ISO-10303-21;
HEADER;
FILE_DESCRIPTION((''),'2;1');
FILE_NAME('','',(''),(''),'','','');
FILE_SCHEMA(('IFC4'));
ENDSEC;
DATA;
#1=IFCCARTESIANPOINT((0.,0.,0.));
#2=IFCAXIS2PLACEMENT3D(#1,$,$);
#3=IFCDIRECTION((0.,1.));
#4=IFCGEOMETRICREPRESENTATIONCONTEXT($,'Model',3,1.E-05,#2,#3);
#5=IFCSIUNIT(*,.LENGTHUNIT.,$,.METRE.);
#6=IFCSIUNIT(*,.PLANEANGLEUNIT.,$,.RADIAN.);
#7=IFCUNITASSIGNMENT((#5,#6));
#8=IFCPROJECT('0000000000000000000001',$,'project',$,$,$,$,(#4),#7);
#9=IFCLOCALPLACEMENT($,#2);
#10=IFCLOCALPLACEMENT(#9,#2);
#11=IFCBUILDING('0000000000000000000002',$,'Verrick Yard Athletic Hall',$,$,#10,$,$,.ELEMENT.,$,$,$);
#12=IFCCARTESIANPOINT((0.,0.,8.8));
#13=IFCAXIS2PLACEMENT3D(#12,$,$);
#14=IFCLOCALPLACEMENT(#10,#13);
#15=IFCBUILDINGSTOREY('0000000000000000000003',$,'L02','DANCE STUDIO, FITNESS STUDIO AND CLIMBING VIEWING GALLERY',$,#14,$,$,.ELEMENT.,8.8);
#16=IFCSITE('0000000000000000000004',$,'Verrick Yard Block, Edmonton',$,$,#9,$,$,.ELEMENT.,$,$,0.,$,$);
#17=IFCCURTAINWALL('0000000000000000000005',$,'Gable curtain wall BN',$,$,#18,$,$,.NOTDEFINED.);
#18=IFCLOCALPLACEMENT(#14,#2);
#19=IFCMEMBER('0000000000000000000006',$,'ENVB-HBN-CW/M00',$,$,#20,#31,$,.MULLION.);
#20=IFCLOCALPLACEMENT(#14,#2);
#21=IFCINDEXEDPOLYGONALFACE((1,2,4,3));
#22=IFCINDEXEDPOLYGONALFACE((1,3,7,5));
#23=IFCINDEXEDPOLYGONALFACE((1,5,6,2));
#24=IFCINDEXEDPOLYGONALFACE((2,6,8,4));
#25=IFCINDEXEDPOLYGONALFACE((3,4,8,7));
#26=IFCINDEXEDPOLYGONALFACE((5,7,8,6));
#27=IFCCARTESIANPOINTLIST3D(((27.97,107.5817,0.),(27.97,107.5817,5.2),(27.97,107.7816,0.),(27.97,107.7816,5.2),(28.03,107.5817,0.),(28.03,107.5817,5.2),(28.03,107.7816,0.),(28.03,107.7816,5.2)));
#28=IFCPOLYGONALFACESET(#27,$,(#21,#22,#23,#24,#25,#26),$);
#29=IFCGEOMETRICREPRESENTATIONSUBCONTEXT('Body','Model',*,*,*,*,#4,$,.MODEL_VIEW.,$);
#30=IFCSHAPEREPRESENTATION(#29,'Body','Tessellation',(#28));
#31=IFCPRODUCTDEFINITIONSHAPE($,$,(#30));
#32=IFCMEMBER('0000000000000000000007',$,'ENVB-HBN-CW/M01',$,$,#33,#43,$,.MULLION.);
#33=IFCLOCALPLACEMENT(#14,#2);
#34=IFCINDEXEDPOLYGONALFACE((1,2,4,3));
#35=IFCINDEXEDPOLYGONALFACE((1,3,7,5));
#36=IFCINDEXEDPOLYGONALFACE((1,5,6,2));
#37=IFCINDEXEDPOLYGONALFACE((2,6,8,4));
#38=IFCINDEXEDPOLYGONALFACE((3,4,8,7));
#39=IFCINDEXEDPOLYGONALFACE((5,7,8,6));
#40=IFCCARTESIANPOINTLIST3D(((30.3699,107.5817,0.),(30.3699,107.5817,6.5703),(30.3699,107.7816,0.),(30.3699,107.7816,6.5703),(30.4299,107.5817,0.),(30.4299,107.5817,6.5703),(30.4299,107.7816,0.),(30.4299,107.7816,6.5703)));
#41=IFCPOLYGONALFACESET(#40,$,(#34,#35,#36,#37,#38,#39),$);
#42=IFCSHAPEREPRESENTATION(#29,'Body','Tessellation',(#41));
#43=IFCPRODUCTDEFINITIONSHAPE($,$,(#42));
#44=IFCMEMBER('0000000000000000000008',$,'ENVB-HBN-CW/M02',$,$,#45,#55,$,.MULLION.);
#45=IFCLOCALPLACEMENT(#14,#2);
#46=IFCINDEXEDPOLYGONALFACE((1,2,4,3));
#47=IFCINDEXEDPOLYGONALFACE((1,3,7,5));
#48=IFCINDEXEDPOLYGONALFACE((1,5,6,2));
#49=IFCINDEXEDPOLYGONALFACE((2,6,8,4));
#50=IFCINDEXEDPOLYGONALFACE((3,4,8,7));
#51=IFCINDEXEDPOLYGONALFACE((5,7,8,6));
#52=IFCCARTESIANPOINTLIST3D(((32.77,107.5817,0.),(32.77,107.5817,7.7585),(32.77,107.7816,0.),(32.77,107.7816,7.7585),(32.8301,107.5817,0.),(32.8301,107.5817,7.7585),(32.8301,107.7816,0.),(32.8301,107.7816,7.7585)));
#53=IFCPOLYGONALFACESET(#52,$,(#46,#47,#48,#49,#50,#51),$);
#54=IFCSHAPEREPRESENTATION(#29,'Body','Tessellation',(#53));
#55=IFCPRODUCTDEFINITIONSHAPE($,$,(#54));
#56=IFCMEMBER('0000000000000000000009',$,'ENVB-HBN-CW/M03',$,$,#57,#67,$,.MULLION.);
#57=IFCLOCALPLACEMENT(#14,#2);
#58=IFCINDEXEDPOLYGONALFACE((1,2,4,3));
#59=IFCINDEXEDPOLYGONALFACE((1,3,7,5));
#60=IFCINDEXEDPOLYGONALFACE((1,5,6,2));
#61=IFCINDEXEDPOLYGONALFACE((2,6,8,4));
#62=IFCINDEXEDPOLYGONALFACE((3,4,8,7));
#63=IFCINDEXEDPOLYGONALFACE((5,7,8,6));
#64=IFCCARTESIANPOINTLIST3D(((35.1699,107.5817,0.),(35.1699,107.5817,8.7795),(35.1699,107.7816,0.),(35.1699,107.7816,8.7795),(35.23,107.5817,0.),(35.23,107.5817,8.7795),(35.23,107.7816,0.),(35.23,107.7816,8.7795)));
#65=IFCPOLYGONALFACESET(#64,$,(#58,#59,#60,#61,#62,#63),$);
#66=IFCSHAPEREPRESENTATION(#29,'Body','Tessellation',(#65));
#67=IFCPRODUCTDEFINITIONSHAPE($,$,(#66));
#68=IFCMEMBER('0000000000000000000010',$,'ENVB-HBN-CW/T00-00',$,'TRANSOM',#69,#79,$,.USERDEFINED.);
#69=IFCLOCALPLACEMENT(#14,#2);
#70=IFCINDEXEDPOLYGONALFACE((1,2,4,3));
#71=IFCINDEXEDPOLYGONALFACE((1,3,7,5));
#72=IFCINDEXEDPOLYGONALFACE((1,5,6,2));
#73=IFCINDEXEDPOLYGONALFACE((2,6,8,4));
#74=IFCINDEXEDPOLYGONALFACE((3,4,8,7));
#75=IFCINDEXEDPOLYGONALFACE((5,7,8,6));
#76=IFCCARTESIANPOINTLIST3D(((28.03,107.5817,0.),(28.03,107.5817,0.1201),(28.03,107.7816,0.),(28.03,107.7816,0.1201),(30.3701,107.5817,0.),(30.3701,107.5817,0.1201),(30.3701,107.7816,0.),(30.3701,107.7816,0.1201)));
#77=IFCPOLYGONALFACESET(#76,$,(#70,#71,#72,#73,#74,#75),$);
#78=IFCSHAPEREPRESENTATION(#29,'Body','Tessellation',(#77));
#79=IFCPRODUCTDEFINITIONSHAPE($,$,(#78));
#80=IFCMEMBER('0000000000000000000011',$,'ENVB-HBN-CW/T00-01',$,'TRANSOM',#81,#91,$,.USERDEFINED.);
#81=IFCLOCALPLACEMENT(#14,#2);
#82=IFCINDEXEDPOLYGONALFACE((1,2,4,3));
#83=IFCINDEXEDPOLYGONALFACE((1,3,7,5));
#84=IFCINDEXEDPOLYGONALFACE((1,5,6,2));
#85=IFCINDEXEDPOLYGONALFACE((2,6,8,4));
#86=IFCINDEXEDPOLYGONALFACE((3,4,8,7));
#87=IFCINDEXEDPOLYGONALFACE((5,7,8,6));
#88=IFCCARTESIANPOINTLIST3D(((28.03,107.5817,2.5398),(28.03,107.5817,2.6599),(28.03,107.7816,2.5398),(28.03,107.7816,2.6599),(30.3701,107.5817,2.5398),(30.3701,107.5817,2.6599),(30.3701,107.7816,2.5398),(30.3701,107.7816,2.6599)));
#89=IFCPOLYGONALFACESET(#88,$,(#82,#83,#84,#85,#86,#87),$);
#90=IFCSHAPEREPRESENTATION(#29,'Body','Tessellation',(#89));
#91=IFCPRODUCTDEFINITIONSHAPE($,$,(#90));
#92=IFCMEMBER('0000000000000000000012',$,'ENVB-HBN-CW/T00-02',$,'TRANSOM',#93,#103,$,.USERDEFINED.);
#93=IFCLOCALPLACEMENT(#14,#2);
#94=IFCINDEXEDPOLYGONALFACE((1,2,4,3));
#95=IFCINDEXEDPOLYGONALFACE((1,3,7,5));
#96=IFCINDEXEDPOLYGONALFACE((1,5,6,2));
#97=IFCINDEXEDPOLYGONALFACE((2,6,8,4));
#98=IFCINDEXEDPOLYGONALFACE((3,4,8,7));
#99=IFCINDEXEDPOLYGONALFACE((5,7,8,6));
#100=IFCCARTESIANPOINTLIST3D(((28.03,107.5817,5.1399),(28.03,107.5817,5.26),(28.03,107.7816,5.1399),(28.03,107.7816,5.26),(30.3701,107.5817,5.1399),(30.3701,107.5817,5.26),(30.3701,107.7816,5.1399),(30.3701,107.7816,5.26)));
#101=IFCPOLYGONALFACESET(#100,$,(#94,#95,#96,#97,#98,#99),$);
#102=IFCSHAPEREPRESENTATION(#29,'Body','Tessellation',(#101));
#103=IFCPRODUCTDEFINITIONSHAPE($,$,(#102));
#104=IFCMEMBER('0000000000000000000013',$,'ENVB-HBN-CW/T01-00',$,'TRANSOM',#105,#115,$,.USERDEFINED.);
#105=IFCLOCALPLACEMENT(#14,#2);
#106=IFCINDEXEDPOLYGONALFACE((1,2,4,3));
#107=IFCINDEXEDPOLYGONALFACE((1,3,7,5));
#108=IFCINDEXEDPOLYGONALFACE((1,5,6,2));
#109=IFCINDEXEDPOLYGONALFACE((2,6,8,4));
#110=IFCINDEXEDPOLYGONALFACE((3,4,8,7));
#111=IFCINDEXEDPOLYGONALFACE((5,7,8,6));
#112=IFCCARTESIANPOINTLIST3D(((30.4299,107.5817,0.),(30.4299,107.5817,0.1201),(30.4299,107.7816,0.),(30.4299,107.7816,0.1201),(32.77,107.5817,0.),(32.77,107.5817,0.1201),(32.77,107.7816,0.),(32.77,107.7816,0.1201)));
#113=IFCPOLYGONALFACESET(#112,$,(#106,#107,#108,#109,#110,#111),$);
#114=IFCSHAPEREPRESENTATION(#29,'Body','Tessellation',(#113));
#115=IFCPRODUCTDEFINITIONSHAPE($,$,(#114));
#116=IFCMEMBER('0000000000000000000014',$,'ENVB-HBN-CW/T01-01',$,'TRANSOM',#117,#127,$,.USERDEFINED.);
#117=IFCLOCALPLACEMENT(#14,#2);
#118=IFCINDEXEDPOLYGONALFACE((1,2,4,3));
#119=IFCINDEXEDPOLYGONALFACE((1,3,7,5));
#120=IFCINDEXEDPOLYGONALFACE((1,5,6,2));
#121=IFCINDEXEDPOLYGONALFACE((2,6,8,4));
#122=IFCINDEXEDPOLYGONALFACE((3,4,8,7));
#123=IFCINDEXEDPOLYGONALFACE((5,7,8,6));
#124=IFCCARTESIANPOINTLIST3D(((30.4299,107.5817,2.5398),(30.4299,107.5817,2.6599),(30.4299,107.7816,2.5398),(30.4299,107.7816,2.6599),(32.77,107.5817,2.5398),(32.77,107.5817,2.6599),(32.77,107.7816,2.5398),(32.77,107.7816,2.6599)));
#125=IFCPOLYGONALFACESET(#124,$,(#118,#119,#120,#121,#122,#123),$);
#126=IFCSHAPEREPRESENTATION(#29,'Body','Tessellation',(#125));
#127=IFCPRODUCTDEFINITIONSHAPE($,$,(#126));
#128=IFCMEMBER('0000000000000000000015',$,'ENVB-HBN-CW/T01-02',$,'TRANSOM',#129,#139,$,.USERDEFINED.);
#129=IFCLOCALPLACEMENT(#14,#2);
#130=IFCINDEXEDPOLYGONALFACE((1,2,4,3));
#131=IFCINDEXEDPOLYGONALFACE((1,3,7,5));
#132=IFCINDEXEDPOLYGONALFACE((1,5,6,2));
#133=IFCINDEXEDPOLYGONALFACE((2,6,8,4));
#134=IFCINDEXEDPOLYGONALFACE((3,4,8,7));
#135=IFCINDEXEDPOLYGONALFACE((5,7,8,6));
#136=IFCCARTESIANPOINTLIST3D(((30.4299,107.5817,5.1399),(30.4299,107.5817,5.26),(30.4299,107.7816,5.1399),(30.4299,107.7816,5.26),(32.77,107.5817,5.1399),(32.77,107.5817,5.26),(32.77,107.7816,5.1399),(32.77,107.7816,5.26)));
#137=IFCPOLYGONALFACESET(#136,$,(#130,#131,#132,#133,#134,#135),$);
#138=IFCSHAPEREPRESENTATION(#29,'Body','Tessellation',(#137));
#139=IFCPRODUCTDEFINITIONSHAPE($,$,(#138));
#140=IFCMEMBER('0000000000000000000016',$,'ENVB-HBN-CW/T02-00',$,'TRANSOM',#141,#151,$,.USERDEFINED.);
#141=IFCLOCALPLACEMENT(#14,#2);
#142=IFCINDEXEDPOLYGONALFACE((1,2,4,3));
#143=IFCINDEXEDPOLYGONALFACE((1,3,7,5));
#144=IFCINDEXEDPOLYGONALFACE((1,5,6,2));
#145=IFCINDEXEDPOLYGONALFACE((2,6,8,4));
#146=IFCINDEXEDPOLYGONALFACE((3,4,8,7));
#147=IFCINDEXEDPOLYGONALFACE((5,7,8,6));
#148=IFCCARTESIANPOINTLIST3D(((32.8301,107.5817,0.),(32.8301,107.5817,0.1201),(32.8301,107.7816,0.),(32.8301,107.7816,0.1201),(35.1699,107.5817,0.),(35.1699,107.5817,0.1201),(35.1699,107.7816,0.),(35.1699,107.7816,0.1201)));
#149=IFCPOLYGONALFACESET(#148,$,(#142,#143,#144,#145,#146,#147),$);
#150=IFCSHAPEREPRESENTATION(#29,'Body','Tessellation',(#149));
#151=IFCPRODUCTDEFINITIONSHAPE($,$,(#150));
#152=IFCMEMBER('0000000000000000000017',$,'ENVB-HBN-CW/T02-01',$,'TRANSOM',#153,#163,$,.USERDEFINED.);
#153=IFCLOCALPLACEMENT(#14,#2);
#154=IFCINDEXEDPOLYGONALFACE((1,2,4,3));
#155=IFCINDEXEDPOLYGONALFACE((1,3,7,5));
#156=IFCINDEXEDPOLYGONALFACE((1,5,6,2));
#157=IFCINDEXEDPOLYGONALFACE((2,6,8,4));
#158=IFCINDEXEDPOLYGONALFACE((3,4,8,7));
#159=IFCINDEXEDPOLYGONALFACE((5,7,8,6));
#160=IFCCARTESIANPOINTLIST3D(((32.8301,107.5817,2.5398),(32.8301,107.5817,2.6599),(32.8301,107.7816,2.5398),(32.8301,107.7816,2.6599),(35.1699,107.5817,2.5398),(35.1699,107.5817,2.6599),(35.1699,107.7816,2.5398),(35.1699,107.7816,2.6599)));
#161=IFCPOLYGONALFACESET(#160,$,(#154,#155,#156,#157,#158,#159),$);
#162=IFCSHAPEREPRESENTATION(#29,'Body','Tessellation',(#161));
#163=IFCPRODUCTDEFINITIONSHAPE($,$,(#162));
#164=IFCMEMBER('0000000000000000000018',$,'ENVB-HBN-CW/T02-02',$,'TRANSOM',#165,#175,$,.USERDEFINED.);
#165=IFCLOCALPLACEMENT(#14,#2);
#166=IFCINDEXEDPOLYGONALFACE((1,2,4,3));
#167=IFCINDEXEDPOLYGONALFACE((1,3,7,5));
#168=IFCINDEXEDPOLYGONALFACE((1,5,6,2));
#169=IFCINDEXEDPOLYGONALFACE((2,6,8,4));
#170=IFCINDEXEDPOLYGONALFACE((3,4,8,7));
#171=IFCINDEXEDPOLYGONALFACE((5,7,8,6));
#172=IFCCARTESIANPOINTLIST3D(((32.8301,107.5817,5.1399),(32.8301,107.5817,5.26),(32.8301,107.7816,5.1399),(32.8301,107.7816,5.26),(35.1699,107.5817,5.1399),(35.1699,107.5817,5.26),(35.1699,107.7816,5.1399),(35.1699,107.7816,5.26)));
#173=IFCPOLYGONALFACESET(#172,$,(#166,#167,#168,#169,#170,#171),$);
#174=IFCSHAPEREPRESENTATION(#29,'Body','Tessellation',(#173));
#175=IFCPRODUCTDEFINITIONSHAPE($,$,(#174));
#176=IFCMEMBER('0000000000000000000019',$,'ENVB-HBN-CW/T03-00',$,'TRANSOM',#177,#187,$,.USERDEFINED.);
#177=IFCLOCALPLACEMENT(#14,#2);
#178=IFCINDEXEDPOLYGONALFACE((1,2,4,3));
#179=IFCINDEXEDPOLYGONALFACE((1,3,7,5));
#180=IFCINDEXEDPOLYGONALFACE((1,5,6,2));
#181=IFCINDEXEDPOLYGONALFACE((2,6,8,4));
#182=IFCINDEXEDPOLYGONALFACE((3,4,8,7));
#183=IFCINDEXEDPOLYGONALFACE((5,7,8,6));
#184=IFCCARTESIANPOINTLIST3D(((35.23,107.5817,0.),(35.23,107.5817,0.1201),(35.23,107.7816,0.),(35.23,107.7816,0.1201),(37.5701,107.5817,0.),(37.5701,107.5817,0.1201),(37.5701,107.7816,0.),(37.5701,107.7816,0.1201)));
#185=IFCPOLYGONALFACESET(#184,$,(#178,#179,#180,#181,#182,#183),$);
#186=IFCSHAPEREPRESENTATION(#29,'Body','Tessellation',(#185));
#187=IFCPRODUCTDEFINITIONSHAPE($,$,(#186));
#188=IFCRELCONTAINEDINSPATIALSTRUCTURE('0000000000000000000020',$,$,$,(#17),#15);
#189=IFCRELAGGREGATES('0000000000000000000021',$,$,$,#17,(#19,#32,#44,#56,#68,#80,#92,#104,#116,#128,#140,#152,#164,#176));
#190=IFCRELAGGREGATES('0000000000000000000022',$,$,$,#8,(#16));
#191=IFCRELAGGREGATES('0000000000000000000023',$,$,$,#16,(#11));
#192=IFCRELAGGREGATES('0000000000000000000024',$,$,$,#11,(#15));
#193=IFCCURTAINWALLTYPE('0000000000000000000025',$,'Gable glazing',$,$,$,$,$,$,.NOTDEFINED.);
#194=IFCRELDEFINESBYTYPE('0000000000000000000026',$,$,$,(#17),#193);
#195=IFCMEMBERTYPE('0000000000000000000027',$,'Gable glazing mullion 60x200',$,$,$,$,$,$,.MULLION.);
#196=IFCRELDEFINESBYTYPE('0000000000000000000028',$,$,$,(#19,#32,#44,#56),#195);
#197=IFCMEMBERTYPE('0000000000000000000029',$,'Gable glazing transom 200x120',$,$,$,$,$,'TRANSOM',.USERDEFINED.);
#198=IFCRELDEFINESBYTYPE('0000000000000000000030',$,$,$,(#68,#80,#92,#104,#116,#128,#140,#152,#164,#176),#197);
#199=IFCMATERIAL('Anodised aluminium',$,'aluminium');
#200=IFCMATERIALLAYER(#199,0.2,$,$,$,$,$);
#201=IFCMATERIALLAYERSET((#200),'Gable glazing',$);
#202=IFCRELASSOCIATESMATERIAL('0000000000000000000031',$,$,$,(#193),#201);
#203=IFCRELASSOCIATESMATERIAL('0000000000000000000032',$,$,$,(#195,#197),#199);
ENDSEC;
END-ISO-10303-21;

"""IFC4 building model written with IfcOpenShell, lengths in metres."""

from ifc_helpers import new_model, si_unit, direction, frame, origin, origin_2d, place, context, subcontext, project, spatial, rectangle, extrude, material, layer, layer_set, material_profile, profile_set, type_object, element, aggregate, save


model = new_model("IFC4")

# Units and contexts
model_context = context("Model", 3, precision=1e-05, world=origin(), true_north=direction((0.0, 1.0)))
body_context = subcontext(model_context, "Body", "Model", "MODEL_VIEW")
ifc_project = project(units=[si_unit("LENGTHUNIT", "METRE"), si_unit("PLANEANGLEUNIT", "RADIAN")], contexts=[model_context])

# Site, building, storey
site_placement = place(None, origin())
site = spatial("IfcSite", under=ifc_project, at=site_placement, Name="Verrick Yard Block, Edmonton", CompositionType="ELEMENT", RefElevation=0.0)
building_placement = place(site_placement, origin())
building = spatial("IfcBuilding", under=site, at=building_placement, Name="Verrick Yard Athletic Hall", CompositionType="ELEMENT")
storey_placement = place(building_placement, frame((0.0, 0.0, 8.8)))
storey = spatial("IfcBuildingStorey", under=building, at=storey_placement, Name="L02", Description="DANCE STUDIO, FITNESS STUDIO AND CLIMBING VIEWING GALLERY", CompositionType="ELEMENT", Elevation=8.8)

# Curtain wall, members
ifc_material_1 = material(Name="Anodised aluminium", Category="aluminium")
ifc_layer_1 = layer(ifc_material_1, 0.2)
ifc_layer_set_1 = layer_set([ifc_layer_1], Name="Gable glazing")
curtain_wall_type = type_object("IfcCurtainWallType", Name="Gable glazing", PredefinedType="NOTDEFINED", material=ifc_layer_set_1)
curtain_wall_placement = place(storey_placement, origin())
curtain_wall = element("IfcCurtainWall", 1, at=curtain_wall_placement, inside=storey, type_object=curtain_wall_type, Name="Gable curtain wall BN", PredefinedType="NOTDEFINED")
ifc_material_profile_1 = material_profile(ifc_material_1, rectangle(XDim=0.2, YDim=0.0601, at=origin_2d()), Name="CW gable mullion 60x200")
ifc_profile_set_1 = profile_set([ifc_material_profile_1], Name="Anodised aluminium")
member_type_1 = type_object("IfcMemberType", Name="Gable glazing mullion 60x200", PredefinedType="MULLION", material=ifc_profile_set_1)
member_1_placement = place(storey_placement, frame((28.0, 107.6816, 0.0), z_axis=(0.0, 0.0, 1.0), x_axis=(0.0, 1.0, 0.0)))
member_1 = element("IfcMember", 2, at=member_1_placement, type_object=member_type_1, Name="ENVB-HBN-CW/M00", PredefinedType="MULLION", context=body_context, shape_type="SweptSolid", body=[
    extrude(rectangle(XDim=0.2, YDim=0.0601, at=origin_2d()), origin(), (0.0, 0.0, 1.0), 5.2),
])
member_2_placement = place(storey_placement, frame((30.3999, 107.6816, 0.0), z_axis=(0.0, 0.0, 1.0), x_axis=(0.0, 1.0, 0.0)))
member_2 = element("IfcMember", 3, at=member_2_placement, type_object=member_type_1, Name="ENVB-HBN-CW/M01", PredefinedType="MULLION", context=body_context, shape_type="SweptSolid", body=[
    extrude(rectangle(XDim=0.2, YDim=0.0601, at=origin_2d()), origin(), (0.0, 0.0, 1.0), 6.5703),
])
member_3_placement = place(storey_placement, frame((32.8, 107.6816, 0.0), z_axis=(0.0, 0.0, 1.0), x_axis=(0.0, 1.0, 0.0)))
member_3 = element("IfcMember", 4, at=member_3_placement, type_object=member_type_1, Name="ENVB-HBN-CW/M02", PredefinedType="MULLION", context=body_context, shape_type="SweptSolid", body=[
    extrude(rectangle(XDim=0.2, YDim=0.0601, at=origin_2d()), origin(), (0.0, 0.0, 1.0), 7.7585),
])
member_4_placement = place(storey_placement, frame((35.2, 107.6816, 0.0), z_axis=(0.0, 0.0, 1.0), x_axis=(0.0, 1.0, 0.0)))
member_4 = element("IfcMember", 5, at=member_4_placement, type_object=member_type_1, Name="ENVB-HBN-CW/M03", PredefinedType="MULLION", context=body_context, shape_type="SweptSolid", body=[
    extrude(rectangle(XDim=0.2, YDim=0.0601, at=origin_2d()), origin(), (0.0, 0.0, 1.0), 8.7795),
])
ifc_material_profile_2 = material_profile(ifc_material_1, rectangle(XDim=0.2, YDim=0.1201, at=origin_2d()), Name="CW gable transom 200x120")
ifc_profile_set_2 = profile_set([ifc_material_profile_2], Name="Anodised aluminium")
member_type_2 = type_object("IfcMemberType", Name="Gable glazing transom 200x120", ElementType="TRANSOM", PredefinedType="USERDEFINED", material=ifc_profile_set_2)
member_5_placement = place(storey_placement, frame((28.03, 107.6816, 0.0601), z_axis=(1.0, 0.0, 0.0), x_axis=(0.0, 1.0, 0.0)))
member_5 = element("IfcMember", 6, at=member_5_placement, type_object=member_type_2, Name="ENVB-HBN-CW/T00-00", ObjectType="TRANSOM", PredefinedType="USERDEFINED", context=body_context, shape_type="SweptSolid", body=[
    extrude(rectangle(XDim=0.2, YDim=0.1201, at=origin_2d()), origin(), (0.0, 0.0, 1.0), 2.3401),
])
member_6_placement = place(storey_placement, frame((28.03, 107.6816, 2.5999), z_axis=(1.0, 0.0, 0.0), x_axis=(0.0, 1.0, 0.0)))
member_6 = element("IfcMember", 7, at=member_6_placement, type_object=member_type_2, Name="ENVB-HBN-CW/T00-01", ObjectType="TRANSOM", PredefinedType="USERDEFINED", context=body_context, shape_type="SweptSolid", body=[
    extrude(rectangle(XDim=0.2, YDim=0.1201, at=origin_2d()), origin(), (0.0, 0.0, 1.0), 2.3401),
])
member_7_placement = place(storey_placement, frame((28.03, 107.6816, 5.2), z_axis=(1.0, 0.0, 0.0), x_axis=(0.0, 1.0, 0.0)))
member_7 = element("IfcMember", 8, at=member_7_placement, type_object=member_type_2, Name="ENVB-HBN-CW/T00-02", ObjectType="TRANSOM", PredefinedType="USERDEFINED", context=body_context, shape_type="SweptSolid", body=[
    extrude(rectangle(XDim=0.2, YDim=0.1201, at=origin_2d()), origin(), (0.0, 0.0, 1.0), 2.3401),
])
member_8_placement = place(storey_placement, frame((30.4299, 107.6816, 0.0601), z_axis=(1.0, 0.0, 0.0), x_axis=(0.0, 1.0, 0.0)))
member_8 = element("IfcMember", 9, at=member_8_placement, type_object=member_type_2, Name="ENVB-HBN-CW/T01-00", ObjectType="TRANSOM", PredefinedType="USERDEFINED", context=body_context, shape_type="SweptSolid", body=[
    extrude(rectangle(XDim=0.2, YDim=0.1201, at=origin_2d()), origin(), (0.0, 0.0, 1.0), 2.3401),
])
member_9_placement = place(storey_placement, frame((30.4299, 107.6816, 2.5999), z_axis=(1.0, 0.0, 0.0), x_axis=(0.0, 1.0, 0.0)))
member_9 = element("IfcMember", 10, at=member_9_placement, type_object=member_type_2, Name="ENVB-HBN-CW/T01-01", ObjectType="TRANSOM", PredefinedType="USERDEFINED", context=body_context, shape_type="SweptSolid", body=[
    extrude(rectangle(XDim=0.2, YDim=0.1201, at=origin_2d()), origin(), (0.0, 0.0, 1.0), 2.3401),
])
member_10_placement = place(storey_placement, frame((30.4299, 107.6816, 5.2), z_axis=(1.0, 0.0, 0.0), x_axis=(0.0, 1.0, 0.0)))
member_10 = element("IfcMember", 11, at=member_10_placement, type_object=member_type_2, Name="ENVB-HBN-CW/T01-02", ObjectType="TRANSOM", PredefinedType="USERDEFINED", context=body_context, shape_type="SweptSolid", body=[
    extrude(rectangle(XDim=0.2, YDim=0.1201, at=origin_2d()), origin(), (0.0, 0.0, 1.0), 2.3401),
])
member_11_placement = place(storey_placement, frame((32.8301, 107.6816, 0.0601), z_axis=(1.0, 0.0, 0.0), x_axis=(0.0, 1.0, 0.0)))
member_11 = element("IfcMember", 12, at=member_11_placement, type_object=member_type_2, Name="ENVB-HBN-CW/T02-00", ObjectType="TRANSOM", PredefinedType="USERDEFINED", context=body_context, shape_type="SweptSolid", body=[
    extrude(rectangle(XDim=0.2, YDim=0.1201, at=origin_2d()), origin(), (0.0, 0.0, 1.0), 2.3398),
])
member_12_placement = place(storey_placement, frame((32.8301, 107.6816, 2.5999), z_axis=(1.0, 0.0, 0.0), x_axis=(0.0, 1.0, 0.0)))
member_12 = element("IfcMember", 13, at=member_12_placement, type_object=member_type_2, Name="ENVB-HBN-CW/T02-01", ObjectType="TRANSOM", PredefinedType="USERDEFINED", context=body_context, shape_type="SweptSolid", body=[
    extrude(rectangle(XDim=0.2, YDim=0.1201, at=origin_2d()), origin(), (0.0, 0.0, 1.0), 2.3398),
])
member_13_placement = place(storey_placement, frame((32.8301, 107.6816, 5.2), z_axis=(1.0, 0.0, 0.0), x_axis=(0.0, 1.0, 0.0)))
member_13 = element("IfcMember", 14, at=member_13_placement, type_object=member_type_2, Name="ENVB-HBN-CW/T02-02", ObjectType="TRANSOM", PredefinedType="USERDEFINED", context=body_context, shape_type="SweptSolid", body=[
    extrude(rectangle(XDim=0.2, YDim=0.1201, at=origin_2d()), origin(), (0.0, 0.0, 1.0), 2.3398),
])
member_14_placement = place(storey_placement, frame((35.23, 107.6816, 0.0601), z_axis=(1.0, 0.0, 0.0), x_axis=(0.0, 1.0, 0.0)))
member_14 = element("IfcMember", 15, at=member_14_placement, type_object=member_type_2, Name="ENVB-HBN-CW/T03-00", ObjectType="TRANSOM", PredefinedType="USERDEFINED", context=body_context, shape_type="SweptSolid", body=[
    extrude(rectangle(XDim=0.2, YDim=0.1201, at=origin_2d()), origin(), (0.0, 0.0, 1.0), 2.3401),
])

aggregate(curtain_wall, [member_1, member_2, member_3, member_4, member_5, member_6, member_7, member_8, member_9, member_10, member_11, member_12, member_13, member_14])

save(model, "model.ifc")
